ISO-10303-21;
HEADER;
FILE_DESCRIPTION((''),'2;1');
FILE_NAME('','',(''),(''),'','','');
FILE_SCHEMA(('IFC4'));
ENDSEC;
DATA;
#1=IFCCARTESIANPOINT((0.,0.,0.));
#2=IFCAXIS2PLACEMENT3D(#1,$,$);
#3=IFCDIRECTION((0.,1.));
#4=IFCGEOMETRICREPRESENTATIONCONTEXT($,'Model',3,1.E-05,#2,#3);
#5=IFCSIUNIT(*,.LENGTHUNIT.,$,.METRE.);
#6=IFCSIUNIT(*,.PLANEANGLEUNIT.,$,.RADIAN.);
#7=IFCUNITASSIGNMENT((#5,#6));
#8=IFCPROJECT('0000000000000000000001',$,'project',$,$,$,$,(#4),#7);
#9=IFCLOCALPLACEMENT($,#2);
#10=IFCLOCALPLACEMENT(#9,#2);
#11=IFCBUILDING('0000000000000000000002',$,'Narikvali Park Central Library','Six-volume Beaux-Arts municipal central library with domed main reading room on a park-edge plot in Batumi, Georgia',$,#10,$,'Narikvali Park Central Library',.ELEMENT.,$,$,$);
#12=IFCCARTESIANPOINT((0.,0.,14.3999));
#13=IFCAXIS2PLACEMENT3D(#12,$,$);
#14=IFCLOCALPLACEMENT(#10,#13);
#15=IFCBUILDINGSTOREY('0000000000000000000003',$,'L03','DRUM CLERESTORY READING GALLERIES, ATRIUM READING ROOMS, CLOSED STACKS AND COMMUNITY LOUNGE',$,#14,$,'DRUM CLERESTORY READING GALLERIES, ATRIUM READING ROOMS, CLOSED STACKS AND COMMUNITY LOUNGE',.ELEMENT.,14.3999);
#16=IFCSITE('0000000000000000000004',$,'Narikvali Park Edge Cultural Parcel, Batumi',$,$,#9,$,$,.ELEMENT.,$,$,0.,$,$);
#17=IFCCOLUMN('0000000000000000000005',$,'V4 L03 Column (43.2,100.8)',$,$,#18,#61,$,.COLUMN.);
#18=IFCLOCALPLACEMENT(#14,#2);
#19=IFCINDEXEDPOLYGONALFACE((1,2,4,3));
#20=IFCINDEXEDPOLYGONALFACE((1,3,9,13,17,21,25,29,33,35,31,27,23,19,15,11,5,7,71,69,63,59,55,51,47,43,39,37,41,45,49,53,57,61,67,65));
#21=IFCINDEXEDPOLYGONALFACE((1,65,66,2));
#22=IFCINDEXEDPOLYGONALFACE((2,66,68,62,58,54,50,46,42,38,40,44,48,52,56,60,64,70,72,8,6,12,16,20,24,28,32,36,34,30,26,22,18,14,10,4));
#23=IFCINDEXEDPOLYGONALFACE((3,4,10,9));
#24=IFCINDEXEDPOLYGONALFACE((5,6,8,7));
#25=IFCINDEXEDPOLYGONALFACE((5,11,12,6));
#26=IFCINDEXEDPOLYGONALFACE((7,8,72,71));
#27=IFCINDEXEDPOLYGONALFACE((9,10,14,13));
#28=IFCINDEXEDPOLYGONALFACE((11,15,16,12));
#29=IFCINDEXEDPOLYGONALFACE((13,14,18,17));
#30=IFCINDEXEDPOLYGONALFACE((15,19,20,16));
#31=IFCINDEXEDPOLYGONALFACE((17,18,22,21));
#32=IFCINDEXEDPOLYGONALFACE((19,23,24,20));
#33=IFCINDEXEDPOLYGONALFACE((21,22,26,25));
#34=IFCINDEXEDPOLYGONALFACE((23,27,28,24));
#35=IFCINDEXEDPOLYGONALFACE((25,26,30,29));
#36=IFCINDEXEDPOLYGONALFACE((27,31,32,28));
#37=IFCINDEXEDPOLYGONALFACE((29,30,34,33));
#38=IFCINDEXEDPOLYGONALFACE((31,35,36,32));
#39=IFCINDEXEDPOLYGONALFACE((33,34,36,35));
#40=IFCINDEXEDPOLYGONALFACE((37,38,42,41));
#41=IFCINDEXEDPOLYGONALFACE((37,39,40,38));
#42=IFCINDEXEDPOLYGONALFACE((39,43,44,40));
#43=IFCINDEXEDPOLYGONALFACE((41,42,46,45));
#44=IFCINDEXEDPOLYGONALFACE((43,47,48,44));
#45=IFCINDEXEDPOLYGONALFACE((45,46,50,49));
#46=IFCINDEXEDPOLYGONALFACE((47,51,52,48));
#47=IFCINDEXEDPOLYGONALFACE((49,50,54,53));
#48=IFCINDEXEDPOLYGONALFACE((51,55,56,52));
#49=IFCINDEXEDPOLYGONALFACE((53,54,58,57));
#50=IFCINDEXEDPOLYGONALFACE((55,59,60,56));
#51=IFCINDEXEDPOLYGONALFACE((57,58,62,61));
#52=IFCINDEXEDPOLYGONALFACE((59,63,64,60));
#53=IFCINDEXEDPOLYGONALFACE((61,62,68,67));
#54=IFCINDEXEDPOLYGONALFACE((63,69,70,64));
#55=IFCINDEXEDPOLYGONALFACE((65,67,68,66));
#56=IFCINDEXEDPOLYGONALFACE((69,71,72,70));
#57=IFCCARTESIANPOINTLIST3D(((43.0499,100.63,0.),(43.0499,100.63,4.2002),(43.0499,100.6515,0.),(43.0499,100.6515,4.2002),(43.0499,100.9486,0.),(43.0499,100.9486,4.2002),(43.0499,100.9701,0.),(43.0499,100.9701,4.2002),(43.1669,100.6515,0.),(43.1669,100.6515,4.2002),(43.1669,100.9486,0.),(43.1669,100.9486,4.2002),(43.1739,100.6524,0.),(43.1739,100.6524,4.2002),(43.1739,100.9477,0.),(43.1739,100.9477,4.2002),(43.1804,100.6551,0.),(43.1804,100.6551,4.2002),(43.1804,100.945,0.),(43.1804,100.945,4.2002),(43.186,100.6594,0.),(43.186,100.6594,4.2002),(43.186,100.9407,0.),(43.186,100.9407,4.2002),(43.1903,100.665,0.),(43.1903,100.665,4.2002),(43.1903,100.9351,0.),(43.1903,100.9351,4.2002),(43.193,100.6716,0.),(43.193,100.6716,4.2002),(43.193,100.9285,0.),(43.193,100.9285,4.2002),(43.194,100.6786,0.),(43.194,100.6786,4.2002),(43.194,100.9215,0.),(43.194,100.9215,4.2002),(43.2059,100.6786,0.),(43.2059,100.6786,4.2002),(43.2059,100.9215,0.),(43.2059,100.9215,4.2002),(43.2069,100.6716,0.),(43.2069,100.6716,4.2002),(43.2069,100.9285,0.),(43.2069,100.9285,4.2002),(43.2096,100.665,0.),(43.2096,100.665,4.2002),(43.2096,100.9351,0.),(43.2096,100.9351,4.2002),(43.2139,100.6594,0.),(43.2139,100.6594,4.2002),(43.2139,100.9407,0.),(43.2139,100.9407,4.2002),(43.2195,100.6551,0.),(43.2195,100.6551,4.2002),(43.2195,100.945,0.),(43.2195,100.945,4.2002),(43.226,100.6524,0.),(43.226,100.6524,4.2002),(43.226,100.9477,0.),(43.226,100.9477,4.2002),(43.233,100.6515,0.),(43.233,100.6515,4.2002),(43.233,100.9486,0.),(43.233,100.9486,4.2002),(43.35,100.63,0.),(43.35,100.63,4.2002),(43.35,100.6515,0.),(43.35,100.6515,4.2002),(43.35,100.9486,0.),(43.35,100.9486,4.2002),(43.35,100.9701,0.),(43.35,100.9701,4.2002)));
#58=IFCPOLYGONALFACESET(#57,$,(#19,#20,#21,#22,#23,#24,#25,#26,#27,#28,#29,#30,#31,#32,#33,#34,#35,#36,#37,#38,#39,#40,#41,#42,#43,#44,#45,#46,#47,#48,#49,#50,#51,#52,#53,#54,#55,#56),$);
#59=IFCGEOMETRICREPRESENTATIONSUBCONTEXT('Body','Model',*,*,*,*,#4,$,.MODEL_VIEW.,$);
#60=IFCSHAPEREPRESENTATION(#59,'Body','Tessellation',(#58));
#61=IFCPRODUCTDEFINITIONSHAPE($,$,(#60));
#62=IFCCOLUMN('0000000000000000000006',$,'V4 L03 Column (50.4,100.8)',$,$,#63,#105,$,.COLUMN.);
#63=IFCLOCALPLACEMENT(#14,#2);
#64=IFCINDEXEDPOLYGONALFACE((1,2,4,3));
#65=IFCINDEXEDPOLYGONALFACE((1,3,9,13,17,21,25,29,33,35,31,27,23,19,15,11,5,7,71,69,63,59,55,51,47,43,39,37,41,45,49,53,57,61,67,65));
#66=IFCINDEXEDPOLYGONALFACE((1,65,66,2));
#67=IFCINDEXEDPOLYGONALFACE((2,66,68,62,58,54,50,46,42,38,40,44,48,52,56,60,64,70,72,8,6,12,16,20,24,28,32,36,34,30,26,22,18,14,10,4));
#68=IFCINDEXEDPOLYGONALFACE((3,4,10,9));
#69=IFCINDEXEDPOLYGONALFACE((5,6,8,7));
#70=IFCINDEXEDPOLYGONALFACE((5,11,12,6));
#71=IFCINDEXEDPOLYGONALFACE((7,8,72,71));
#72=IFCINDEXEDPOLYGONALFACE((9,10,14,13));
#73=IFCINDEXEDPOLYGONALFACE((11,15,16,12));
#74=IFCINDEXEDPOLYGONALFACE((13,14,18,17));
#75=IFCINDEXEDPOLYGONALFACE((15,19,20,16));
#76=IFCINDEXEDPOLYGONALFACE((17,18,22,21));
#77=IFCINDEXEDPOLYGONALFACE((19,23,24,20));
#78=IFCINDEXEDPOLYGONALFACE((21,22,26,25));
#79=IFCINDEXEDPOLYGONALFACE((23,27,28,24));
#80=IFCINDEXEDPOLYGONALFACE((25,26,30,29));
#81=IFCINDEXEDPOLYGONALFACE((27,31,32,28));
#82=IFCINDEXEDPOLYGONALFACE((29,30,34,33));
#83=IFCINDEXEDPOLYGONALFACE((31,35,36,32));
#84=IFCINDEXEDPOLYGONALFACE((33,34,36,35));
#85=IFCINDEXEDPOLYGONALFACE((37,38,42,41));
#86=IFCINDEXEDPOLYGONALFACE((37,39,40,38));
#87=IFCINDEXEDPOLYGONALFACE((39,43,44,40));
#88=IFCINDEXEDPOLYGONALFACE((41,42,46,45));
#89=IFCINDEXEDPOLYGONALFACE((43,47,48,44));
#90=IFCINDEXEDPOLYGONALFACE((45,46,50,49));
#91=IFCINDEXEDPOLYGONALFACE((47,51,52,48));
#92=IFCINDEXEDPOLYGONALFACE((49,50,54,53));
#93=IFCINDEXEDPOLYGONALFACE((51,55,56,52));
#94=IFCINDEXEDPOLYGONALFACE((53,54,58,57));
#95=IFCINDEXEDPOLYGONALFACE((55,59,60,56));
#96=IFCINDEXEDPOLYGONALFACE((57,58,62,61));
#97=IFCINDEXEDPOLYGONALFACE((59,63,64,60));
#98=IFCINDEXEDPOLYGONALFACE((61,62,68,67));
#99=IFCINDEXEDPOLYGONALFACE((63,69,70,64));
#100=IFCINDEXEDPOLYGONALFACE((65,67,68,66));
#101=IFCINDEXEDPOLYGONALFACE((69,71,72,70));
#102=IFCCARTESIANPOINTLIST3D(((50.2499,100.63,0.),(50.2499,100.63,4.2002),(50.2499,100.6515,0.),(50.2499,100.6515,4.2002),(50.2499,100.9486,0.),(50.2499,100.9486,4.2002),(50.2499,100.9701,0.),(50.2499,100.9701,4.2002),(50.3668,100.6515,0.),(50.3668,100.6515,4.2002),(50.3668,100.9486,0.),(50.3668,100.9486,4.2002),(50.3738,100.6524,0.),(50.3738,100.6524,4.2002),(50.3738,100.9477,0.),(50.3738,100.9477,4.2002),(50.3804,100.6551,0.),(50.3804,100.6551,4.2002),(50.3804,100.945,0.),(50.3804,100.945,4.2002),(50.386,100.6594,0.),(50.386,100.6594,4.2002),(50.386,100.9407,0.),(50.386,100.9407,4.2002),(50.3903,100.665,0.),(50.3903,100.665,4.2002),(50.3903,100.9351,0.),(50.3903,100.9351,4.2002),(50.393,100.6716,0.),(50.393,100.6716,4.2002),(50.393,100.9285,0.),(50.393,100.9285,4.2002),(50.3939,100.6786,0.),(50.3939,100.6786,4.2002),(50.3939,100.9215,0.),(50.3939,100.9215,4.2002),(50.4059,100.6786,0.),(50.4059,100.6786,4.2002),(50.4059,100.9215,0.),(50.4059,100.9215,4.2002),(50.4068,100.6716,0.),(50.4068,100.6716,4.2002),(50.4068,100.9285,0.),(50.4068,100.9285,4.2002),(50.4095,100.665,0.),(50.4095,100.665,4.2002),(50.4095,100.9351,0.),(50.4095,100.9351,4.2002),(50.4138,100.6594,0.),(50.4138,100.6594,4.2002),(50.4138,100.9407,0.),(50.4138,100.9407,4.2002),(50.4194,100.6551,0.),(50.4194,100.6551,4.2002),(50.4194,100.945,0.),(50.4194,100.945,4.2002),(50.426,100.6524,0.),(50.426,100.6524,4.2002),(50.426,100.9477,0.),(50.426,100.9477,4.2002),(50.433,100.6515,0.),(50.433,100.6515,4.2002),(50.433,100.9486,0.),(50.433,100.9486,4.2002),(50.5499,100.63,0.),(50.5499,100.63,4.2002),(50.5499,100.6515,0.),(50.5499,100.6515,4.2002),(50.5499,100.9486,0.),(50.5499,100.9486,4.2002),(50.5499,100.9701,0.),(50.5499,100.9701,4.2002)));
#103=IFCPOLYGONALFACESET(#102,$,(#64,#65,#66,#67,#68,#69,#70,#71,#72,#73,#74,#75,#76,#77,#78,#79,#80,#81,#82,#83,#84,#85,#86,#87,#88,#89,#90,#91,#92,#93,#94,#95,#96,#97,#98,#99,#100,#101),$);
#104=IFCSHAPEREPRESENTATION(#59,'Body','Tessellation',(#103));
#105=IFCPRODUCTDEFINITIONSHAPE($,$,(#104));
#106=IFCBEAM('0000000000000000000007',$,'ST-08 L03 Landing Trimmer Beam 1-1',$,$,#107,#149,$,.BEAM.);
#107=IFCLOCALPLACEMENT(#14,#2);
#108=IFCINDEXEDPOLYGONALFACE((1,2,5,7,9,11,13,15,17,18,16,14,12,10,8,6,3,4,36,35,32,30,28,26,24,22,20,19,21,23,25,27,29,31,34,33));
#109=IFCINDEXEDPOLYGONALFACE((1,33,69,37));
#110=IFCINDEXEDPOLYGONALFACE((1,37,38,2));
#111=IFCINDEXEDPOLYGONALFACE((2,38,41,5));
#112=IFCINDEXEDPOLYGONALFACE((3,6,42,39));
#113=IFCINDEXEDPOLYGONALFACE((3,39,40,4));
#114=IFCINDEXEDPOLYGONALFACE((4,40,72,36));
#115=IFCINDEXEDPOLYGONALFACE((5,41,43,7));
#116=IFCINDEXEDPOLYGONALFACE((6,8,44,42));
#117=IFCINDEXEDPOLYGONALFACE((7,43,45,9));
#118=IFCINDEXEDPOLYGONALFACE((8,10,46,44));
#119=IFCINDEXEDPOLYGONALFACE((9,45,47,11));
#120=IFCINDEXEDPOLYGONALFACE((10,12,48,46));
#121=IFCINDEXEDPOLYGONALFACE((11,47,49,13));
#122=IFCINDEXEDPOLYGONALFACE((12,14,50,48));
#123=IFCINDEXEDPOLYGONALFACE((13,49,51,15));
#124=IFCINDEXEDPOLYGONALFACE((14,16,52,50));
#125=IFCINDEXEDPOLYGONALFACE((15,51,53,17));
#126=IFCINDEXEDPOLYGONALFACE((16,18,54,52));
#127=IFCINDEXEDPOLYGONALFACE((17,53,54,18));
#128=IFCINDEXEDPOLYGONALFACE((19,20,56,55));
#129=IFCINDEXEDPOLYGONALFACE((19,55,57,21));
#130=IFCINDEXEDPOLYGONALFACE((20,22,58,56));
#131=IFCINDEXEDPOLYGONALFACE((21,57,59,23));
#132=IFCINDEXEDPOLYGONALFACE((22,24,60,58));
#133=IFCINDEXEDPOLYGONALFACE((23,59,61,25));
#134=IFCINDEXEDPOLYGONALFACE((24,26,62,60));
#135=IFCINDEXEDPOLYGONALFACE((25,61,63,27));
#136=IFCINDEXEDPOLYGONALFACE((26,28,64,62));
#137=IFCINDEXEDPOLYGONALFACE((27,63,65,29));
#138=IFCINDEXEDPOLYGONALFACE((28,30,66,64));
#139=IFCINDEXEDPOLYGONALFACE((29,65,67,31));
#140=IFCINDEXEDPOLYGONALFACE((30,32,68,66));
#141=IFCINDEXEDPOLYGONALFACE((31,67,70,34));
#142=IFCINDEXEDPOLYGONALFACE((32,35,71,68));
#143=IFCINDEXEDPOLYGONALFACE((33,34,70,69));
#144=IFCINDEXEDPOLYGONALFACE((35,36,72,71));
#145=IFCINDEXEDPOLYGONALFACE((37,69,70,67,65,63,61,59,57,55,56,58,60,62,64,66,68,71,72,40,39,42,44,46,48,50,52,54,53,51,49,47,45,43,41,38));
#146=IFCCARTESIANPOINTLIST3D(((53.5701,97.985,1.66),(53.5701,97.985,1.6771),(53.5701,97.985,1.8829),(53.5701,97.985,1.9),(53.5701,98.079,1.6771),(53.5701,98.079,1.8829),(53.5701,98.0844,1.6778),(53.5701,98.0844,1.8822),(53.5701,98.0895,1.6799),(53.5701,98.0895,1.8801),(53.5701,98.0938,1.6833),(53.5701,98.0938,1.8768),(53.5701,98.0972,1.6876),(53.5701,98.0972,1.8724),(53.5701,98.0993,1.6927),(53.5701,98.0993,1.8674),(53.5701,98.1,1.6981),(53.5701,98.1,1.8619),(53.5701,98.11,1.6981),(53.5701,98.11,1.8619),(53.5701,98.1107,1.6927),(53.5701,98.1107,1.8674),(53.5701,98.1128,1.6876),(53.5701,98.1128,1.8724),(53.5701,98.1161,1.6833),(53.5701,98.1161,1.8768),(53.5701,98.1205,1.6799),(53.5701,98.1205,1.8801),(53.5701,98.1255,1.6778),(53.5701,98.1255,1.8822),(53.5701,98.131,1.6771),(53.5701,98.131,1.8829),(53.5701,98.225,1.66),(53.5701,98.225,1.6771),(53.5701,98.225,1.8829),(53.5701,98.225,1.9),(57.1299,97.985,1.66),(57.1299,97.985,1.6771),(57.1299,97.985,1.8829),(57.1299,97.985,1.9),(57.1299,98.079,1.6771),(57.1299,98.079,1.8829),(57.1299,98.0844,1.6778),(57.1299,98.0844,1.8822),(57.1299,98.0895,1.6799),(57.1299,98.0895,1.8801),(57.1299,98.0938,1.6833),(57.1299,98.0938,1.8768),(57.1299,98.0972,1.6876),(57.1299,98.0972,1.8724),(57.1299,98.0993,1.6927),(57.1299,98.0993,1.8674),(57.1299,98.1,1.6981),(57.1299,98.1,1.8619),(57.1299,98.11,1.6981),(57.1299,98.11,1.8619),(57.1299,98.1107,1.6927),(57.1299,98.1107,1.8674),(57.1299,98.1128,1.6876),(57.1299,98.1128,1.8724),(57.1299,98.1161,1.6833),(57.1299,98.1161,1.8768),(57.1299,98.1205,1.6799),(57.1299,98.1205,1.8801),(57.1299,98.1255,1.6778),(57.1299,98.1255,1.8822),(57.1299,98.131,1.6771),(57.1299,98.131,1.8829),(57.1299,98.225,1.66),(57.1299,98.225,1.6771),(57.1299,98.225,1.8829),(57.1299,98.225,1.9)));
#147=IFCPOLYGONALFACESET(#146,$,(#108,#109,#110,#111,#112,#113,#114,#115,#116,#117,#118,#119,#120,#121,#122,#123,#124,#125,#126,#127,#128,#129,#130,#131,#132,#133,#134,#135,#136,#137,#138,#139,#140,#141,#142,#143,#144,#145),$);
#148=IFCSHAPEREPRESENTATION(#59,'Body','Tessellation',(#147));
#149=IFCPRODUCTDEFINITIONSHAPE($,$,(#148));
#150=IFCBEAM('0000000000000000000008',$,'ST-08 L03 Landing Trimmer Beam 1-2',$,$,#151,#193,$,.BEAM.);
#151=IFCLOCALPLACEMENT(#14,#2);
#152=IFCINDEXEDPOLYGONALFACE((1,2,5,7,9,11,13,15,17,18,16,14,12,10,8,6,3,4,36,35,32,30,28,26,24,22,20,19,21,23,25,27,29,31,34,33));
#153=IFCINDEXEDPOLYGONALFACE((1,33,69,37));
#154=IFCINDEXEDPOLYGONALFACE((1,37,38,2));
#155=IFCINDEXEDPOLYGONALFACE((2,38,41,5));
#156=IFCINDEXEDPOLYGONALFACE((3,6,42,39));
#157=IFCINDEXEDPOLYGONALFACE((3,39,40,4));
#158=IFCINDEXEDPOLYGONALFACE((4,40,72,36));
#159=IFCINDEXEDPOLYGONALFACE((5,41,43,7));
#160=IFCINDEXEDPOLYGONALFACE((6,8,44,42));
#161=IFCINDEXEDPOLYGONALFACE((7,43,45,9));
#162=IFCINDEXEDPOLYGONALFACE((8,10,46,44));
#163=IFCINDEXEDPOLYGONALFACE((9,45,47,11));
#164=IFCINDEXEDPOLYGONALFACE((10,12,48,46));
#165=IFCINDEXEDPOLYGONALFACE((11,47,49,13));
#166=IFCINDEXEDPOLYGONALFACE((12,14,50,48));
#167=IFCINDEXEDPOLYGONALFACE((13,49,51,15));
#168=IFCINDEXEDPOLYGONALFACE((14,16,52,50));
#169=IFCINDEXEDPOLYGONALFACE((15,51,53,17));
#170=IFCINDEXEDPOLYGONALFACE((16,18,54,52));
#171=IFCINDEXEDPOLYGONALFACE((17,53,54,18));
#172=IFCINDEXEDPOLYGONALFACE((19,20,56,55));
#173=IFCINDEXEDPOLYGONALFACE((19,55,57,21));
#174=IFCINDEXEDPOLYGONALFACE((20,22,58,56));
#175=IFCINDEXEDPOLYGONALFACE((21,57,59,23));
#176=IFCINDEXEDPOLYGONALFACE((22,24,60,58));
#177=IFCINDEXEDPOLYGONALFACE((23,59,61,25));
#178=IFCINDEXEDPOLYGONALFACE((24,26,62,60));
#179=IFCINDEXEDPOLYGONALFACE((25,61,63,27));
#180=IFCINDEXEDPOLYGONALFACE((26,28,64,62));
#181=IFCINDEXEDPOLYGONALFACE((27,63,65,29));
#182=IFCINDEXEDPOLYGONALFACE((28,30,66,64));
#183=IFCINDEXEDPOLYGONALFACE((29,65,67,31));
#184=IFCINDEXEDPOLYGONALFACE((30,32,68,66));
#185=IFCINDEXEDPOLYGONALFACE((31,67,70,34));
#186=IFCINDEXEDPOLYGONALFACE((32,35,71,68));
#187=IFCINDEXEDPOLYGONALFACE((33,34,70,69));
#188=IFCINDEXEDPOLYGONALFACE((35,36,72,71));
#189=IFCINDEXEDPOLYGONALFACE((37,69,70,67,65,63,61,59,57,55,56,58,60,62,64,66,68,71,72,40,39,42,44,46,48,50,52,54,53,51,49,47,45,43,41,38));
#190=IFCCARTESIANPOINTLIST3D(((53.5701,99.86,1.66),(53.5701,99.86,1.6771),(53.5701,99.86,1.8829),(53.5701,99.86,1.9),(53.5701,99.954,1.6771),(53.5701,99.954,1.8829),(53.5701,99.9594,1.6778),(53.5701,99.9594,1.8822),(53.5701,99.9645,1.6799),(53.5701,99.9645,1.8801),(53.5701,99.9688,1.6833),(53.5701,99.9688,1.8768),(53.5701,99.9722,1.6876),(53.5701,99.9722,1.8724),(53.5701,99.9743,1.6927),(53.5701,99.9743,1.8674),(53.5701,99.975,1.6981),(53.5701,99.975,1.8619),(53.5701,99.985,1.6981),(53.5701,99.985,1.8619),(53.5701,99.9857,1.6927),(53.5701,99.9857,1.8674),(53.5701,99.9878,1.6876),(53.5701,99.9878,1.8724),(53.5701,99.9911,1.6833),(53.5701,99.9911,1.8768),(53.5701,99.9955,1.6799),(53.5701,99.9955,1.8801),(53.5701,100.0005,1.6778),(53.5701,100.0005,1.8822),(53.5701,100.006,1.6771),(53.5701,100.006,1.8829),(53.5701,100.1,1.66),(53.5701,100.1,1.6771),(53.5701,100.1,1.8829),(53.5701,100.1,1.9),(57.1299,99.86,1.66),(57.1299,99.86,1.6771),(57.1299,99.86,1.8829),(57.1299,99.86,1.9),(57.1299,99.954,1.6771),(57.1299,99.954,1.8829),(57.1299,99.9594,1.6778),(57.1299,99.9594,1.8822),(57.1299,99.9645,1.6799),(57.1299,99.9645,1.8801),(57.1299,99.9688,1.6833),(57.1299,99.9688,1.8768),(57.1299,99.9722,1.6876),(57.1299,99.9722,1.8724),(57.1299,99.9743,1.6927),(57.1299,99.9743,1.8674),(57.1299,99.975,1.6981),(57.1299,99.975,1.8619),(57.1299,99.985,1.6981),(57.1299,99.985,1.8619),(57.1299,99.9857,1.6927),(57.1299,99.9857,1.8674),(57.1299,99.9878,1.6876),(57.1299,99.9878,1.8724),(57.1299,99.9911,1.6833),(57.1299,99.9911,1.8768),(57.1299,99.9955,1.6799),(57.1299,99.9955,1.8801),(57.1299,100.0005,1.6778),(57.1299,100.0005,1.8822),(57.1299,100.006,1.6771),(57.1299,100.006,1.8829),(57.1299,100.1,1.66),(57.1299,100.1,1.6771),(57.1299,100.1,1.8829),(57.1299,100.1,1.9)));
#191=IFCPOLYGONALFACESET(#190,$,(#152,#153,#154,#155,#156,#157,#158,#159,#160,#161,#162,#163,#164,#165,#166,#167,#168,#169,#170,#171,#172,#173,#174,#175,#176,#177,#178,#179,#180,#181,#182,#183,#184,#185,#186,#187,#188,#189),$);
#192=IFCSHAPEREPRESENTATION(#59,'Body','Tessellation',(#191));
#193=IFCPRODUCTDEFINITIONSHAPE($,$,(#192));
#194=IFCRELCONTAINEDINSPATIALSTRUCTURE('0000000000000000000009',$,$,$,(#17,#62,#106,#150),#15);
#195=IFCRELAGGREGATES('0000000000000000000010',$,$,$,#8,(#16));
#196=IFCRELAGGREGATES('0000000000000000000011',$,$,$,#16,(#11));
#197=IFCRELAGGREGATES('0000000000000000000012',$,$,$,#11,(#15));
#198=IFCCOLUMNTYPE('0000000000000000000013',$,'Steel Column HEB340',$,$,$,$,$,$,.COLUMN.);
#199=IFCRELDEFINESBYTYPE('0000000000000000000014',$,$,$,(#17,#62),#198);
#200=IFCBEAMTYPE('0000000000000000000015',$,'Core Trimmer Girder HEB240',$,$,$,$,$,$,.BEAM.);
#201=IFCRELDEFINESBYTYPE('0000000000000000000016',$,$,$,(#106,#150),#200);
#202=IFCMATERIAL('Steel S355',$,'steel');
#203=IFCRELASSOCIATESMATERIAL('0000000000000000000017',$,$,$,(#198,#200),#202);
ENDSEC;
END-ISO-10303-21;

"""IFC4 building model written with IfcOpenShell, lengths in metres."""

from ifc_helpers import new_model, si_unit, direction, frame, origin, origin_2d, place, context, subcontext, project, spatial, i_section, extrude, material, material_profile, profile_set, type_object, element, save


model = new_model("IFC4")

# Units and contexts
model_context = context("Model", 3, precision=1e-05, world=origin(), true_north=direction((0.0, 1.0)))
body_context = subcontext(model_context, "Body", "Model", "MODEL_VIEW")
ifc_project = project(units=[si_unit("LENGTHUNIT", "METRE"), si_unit("PLANEANGLEUNIT", "RADIAN")], contexts=[model_context])

# Site, building, storey
site_placement = place(None, origin())
site = spatial("IfcSite", under=ifc_project, at=site_placement, Name="Narikvali Park Edge Cultural Parcel, Batumi", CompositionType="ELEMENT", RefElevation=0.0)
building_placement = place(site_placement, origin())
building = spatial("IfcBuilding", under=site, at=building_placement, Name="Narikvali Park Central Library", Description="Six-volume Beaux-Arts municipal central library with domed main reading room on a park-edge plot in Batumi, Georgia", LongName="Narikvali Park Central Library", CompositionType="ELEMENT")
storey_placement = place(building_placement, frame((0.0, 0.0, 14.3999)))
storey = spatial("IfcBuildingStorey", under=building, at=storey_placement, Name="L03", Description="DRUM CLERESTORY READING GALLERIES, ATRIUM READING ROOMS, CLOSED STACKS AND COMMUNITY LOUNGE", LongName="DRUM CLERESTORY READING GALLERIES, ATRIUM READING ROOMS, CLOSED STACKS AND COMMUNITY LOUNGE", CompositionType="ELEMENT", Elevation=14.3999)

# Columns
ifc_material_1 = material(Name="Steel S355", Category="steel")
ifc_material_profile_1 = material_profile(ifc_material_1, i_section(OverallWidth=0.3, OverallDepth=0.3401, WebThickness=0.012, FlangeThickness=0.0215, FilletRadius=0.0271, at=origin_2d()), Name="HEB 340")
ifc_profile_set_1 = profile_set([ifc_material_profile_1], Name="Steel S355")
column_type = type_object("IfcColumnType", Name="Steel Column HEB340", PredefinedType="COLUMN", material=ifc_profile_set_1)
for number, where, z_axis, x_axis, name in (
    (1, (43.2, 100.8, 0.0), (0.0, 0.0, 1.0), (1.0, 0.0, 0.0), "V4 L03 Column (43.2,100.8)"),
    (2, (50.3999, 100.8, 0.0), (0.0, 0.0, 1.0), (1.0, 0.0, 0.0), "V4 L03 Column (50.4,100.8)"),
):
    element("IfcColumn", number, at=place(storey_placement, frame(where, z_axis=z_axis, x_axis=x_axis)), inside=storey, type_object=column_type, Name=name, PredefinedType="COLUMN", context=body_context, shape_type="SweptSolid", body=[
        extrude(i_section(OverallWidth=0.3, OverallDepth=0.3401, WebThickness=0.012, FlangeThickness=0.0215, FilletRadius=0.0271, at=origin_2d()), origin(), (0.0, 0.0, 1.0), 4.2002),
    ])

# Beams
ifc_material_profile_2 = material_profile(ifc_material_1, i_section(OverallWidth=0.24, OverallDepth=0.24, WebThickness=0.01, FlangeThickness=0.0171, FilletRadius=0.021, at=origin_2d()), Name="HEB 240")
ifc_profile_set_2 = profile_set([ifc_material_profile_2], Name="Steel S355")
beam_type_1 = type_object("IfcBeamType", Name="Core Trimmer Girder HEB240", PredefinedType="BEAM", material=ifc_profile_set_2)
for number, where, z_axis, x_axis, name in (
    (3, (53.5701, 98.105, 1.78), (1.0, 0.0, 0.0), (0.0, 1.0, 0.0), "ST-08 L03 Landing Trimmer Beam 1-1"),
    (4, (53.5701, 99.98, 1.78), (1.0, 0.0, 0.0), (0.0, 1.0, 0.0), "ST-08 L03 Landing Trimmer Beam 1-2"),
):
    element("IfcBeam", number, at=place(storey_placement, frame(where, z_axis=z_axis, x_axis=x_axis)), inside=storey, type_object=beam_type_1, Name=name, PredefinedType="BEAM", context=body_context, shape_type="SweptSolid", body=[
        extrude(i_section(OverallWidth=0.24, OverallDepth=0.24, WebThickness=0.01, FlangeThickness=0.0171, FilletRadius=0.021, at=origin_2d()), origin(), (0.0, 0.0, 1.0), 3.5598),
    ])

save(model, "model.ifc")
